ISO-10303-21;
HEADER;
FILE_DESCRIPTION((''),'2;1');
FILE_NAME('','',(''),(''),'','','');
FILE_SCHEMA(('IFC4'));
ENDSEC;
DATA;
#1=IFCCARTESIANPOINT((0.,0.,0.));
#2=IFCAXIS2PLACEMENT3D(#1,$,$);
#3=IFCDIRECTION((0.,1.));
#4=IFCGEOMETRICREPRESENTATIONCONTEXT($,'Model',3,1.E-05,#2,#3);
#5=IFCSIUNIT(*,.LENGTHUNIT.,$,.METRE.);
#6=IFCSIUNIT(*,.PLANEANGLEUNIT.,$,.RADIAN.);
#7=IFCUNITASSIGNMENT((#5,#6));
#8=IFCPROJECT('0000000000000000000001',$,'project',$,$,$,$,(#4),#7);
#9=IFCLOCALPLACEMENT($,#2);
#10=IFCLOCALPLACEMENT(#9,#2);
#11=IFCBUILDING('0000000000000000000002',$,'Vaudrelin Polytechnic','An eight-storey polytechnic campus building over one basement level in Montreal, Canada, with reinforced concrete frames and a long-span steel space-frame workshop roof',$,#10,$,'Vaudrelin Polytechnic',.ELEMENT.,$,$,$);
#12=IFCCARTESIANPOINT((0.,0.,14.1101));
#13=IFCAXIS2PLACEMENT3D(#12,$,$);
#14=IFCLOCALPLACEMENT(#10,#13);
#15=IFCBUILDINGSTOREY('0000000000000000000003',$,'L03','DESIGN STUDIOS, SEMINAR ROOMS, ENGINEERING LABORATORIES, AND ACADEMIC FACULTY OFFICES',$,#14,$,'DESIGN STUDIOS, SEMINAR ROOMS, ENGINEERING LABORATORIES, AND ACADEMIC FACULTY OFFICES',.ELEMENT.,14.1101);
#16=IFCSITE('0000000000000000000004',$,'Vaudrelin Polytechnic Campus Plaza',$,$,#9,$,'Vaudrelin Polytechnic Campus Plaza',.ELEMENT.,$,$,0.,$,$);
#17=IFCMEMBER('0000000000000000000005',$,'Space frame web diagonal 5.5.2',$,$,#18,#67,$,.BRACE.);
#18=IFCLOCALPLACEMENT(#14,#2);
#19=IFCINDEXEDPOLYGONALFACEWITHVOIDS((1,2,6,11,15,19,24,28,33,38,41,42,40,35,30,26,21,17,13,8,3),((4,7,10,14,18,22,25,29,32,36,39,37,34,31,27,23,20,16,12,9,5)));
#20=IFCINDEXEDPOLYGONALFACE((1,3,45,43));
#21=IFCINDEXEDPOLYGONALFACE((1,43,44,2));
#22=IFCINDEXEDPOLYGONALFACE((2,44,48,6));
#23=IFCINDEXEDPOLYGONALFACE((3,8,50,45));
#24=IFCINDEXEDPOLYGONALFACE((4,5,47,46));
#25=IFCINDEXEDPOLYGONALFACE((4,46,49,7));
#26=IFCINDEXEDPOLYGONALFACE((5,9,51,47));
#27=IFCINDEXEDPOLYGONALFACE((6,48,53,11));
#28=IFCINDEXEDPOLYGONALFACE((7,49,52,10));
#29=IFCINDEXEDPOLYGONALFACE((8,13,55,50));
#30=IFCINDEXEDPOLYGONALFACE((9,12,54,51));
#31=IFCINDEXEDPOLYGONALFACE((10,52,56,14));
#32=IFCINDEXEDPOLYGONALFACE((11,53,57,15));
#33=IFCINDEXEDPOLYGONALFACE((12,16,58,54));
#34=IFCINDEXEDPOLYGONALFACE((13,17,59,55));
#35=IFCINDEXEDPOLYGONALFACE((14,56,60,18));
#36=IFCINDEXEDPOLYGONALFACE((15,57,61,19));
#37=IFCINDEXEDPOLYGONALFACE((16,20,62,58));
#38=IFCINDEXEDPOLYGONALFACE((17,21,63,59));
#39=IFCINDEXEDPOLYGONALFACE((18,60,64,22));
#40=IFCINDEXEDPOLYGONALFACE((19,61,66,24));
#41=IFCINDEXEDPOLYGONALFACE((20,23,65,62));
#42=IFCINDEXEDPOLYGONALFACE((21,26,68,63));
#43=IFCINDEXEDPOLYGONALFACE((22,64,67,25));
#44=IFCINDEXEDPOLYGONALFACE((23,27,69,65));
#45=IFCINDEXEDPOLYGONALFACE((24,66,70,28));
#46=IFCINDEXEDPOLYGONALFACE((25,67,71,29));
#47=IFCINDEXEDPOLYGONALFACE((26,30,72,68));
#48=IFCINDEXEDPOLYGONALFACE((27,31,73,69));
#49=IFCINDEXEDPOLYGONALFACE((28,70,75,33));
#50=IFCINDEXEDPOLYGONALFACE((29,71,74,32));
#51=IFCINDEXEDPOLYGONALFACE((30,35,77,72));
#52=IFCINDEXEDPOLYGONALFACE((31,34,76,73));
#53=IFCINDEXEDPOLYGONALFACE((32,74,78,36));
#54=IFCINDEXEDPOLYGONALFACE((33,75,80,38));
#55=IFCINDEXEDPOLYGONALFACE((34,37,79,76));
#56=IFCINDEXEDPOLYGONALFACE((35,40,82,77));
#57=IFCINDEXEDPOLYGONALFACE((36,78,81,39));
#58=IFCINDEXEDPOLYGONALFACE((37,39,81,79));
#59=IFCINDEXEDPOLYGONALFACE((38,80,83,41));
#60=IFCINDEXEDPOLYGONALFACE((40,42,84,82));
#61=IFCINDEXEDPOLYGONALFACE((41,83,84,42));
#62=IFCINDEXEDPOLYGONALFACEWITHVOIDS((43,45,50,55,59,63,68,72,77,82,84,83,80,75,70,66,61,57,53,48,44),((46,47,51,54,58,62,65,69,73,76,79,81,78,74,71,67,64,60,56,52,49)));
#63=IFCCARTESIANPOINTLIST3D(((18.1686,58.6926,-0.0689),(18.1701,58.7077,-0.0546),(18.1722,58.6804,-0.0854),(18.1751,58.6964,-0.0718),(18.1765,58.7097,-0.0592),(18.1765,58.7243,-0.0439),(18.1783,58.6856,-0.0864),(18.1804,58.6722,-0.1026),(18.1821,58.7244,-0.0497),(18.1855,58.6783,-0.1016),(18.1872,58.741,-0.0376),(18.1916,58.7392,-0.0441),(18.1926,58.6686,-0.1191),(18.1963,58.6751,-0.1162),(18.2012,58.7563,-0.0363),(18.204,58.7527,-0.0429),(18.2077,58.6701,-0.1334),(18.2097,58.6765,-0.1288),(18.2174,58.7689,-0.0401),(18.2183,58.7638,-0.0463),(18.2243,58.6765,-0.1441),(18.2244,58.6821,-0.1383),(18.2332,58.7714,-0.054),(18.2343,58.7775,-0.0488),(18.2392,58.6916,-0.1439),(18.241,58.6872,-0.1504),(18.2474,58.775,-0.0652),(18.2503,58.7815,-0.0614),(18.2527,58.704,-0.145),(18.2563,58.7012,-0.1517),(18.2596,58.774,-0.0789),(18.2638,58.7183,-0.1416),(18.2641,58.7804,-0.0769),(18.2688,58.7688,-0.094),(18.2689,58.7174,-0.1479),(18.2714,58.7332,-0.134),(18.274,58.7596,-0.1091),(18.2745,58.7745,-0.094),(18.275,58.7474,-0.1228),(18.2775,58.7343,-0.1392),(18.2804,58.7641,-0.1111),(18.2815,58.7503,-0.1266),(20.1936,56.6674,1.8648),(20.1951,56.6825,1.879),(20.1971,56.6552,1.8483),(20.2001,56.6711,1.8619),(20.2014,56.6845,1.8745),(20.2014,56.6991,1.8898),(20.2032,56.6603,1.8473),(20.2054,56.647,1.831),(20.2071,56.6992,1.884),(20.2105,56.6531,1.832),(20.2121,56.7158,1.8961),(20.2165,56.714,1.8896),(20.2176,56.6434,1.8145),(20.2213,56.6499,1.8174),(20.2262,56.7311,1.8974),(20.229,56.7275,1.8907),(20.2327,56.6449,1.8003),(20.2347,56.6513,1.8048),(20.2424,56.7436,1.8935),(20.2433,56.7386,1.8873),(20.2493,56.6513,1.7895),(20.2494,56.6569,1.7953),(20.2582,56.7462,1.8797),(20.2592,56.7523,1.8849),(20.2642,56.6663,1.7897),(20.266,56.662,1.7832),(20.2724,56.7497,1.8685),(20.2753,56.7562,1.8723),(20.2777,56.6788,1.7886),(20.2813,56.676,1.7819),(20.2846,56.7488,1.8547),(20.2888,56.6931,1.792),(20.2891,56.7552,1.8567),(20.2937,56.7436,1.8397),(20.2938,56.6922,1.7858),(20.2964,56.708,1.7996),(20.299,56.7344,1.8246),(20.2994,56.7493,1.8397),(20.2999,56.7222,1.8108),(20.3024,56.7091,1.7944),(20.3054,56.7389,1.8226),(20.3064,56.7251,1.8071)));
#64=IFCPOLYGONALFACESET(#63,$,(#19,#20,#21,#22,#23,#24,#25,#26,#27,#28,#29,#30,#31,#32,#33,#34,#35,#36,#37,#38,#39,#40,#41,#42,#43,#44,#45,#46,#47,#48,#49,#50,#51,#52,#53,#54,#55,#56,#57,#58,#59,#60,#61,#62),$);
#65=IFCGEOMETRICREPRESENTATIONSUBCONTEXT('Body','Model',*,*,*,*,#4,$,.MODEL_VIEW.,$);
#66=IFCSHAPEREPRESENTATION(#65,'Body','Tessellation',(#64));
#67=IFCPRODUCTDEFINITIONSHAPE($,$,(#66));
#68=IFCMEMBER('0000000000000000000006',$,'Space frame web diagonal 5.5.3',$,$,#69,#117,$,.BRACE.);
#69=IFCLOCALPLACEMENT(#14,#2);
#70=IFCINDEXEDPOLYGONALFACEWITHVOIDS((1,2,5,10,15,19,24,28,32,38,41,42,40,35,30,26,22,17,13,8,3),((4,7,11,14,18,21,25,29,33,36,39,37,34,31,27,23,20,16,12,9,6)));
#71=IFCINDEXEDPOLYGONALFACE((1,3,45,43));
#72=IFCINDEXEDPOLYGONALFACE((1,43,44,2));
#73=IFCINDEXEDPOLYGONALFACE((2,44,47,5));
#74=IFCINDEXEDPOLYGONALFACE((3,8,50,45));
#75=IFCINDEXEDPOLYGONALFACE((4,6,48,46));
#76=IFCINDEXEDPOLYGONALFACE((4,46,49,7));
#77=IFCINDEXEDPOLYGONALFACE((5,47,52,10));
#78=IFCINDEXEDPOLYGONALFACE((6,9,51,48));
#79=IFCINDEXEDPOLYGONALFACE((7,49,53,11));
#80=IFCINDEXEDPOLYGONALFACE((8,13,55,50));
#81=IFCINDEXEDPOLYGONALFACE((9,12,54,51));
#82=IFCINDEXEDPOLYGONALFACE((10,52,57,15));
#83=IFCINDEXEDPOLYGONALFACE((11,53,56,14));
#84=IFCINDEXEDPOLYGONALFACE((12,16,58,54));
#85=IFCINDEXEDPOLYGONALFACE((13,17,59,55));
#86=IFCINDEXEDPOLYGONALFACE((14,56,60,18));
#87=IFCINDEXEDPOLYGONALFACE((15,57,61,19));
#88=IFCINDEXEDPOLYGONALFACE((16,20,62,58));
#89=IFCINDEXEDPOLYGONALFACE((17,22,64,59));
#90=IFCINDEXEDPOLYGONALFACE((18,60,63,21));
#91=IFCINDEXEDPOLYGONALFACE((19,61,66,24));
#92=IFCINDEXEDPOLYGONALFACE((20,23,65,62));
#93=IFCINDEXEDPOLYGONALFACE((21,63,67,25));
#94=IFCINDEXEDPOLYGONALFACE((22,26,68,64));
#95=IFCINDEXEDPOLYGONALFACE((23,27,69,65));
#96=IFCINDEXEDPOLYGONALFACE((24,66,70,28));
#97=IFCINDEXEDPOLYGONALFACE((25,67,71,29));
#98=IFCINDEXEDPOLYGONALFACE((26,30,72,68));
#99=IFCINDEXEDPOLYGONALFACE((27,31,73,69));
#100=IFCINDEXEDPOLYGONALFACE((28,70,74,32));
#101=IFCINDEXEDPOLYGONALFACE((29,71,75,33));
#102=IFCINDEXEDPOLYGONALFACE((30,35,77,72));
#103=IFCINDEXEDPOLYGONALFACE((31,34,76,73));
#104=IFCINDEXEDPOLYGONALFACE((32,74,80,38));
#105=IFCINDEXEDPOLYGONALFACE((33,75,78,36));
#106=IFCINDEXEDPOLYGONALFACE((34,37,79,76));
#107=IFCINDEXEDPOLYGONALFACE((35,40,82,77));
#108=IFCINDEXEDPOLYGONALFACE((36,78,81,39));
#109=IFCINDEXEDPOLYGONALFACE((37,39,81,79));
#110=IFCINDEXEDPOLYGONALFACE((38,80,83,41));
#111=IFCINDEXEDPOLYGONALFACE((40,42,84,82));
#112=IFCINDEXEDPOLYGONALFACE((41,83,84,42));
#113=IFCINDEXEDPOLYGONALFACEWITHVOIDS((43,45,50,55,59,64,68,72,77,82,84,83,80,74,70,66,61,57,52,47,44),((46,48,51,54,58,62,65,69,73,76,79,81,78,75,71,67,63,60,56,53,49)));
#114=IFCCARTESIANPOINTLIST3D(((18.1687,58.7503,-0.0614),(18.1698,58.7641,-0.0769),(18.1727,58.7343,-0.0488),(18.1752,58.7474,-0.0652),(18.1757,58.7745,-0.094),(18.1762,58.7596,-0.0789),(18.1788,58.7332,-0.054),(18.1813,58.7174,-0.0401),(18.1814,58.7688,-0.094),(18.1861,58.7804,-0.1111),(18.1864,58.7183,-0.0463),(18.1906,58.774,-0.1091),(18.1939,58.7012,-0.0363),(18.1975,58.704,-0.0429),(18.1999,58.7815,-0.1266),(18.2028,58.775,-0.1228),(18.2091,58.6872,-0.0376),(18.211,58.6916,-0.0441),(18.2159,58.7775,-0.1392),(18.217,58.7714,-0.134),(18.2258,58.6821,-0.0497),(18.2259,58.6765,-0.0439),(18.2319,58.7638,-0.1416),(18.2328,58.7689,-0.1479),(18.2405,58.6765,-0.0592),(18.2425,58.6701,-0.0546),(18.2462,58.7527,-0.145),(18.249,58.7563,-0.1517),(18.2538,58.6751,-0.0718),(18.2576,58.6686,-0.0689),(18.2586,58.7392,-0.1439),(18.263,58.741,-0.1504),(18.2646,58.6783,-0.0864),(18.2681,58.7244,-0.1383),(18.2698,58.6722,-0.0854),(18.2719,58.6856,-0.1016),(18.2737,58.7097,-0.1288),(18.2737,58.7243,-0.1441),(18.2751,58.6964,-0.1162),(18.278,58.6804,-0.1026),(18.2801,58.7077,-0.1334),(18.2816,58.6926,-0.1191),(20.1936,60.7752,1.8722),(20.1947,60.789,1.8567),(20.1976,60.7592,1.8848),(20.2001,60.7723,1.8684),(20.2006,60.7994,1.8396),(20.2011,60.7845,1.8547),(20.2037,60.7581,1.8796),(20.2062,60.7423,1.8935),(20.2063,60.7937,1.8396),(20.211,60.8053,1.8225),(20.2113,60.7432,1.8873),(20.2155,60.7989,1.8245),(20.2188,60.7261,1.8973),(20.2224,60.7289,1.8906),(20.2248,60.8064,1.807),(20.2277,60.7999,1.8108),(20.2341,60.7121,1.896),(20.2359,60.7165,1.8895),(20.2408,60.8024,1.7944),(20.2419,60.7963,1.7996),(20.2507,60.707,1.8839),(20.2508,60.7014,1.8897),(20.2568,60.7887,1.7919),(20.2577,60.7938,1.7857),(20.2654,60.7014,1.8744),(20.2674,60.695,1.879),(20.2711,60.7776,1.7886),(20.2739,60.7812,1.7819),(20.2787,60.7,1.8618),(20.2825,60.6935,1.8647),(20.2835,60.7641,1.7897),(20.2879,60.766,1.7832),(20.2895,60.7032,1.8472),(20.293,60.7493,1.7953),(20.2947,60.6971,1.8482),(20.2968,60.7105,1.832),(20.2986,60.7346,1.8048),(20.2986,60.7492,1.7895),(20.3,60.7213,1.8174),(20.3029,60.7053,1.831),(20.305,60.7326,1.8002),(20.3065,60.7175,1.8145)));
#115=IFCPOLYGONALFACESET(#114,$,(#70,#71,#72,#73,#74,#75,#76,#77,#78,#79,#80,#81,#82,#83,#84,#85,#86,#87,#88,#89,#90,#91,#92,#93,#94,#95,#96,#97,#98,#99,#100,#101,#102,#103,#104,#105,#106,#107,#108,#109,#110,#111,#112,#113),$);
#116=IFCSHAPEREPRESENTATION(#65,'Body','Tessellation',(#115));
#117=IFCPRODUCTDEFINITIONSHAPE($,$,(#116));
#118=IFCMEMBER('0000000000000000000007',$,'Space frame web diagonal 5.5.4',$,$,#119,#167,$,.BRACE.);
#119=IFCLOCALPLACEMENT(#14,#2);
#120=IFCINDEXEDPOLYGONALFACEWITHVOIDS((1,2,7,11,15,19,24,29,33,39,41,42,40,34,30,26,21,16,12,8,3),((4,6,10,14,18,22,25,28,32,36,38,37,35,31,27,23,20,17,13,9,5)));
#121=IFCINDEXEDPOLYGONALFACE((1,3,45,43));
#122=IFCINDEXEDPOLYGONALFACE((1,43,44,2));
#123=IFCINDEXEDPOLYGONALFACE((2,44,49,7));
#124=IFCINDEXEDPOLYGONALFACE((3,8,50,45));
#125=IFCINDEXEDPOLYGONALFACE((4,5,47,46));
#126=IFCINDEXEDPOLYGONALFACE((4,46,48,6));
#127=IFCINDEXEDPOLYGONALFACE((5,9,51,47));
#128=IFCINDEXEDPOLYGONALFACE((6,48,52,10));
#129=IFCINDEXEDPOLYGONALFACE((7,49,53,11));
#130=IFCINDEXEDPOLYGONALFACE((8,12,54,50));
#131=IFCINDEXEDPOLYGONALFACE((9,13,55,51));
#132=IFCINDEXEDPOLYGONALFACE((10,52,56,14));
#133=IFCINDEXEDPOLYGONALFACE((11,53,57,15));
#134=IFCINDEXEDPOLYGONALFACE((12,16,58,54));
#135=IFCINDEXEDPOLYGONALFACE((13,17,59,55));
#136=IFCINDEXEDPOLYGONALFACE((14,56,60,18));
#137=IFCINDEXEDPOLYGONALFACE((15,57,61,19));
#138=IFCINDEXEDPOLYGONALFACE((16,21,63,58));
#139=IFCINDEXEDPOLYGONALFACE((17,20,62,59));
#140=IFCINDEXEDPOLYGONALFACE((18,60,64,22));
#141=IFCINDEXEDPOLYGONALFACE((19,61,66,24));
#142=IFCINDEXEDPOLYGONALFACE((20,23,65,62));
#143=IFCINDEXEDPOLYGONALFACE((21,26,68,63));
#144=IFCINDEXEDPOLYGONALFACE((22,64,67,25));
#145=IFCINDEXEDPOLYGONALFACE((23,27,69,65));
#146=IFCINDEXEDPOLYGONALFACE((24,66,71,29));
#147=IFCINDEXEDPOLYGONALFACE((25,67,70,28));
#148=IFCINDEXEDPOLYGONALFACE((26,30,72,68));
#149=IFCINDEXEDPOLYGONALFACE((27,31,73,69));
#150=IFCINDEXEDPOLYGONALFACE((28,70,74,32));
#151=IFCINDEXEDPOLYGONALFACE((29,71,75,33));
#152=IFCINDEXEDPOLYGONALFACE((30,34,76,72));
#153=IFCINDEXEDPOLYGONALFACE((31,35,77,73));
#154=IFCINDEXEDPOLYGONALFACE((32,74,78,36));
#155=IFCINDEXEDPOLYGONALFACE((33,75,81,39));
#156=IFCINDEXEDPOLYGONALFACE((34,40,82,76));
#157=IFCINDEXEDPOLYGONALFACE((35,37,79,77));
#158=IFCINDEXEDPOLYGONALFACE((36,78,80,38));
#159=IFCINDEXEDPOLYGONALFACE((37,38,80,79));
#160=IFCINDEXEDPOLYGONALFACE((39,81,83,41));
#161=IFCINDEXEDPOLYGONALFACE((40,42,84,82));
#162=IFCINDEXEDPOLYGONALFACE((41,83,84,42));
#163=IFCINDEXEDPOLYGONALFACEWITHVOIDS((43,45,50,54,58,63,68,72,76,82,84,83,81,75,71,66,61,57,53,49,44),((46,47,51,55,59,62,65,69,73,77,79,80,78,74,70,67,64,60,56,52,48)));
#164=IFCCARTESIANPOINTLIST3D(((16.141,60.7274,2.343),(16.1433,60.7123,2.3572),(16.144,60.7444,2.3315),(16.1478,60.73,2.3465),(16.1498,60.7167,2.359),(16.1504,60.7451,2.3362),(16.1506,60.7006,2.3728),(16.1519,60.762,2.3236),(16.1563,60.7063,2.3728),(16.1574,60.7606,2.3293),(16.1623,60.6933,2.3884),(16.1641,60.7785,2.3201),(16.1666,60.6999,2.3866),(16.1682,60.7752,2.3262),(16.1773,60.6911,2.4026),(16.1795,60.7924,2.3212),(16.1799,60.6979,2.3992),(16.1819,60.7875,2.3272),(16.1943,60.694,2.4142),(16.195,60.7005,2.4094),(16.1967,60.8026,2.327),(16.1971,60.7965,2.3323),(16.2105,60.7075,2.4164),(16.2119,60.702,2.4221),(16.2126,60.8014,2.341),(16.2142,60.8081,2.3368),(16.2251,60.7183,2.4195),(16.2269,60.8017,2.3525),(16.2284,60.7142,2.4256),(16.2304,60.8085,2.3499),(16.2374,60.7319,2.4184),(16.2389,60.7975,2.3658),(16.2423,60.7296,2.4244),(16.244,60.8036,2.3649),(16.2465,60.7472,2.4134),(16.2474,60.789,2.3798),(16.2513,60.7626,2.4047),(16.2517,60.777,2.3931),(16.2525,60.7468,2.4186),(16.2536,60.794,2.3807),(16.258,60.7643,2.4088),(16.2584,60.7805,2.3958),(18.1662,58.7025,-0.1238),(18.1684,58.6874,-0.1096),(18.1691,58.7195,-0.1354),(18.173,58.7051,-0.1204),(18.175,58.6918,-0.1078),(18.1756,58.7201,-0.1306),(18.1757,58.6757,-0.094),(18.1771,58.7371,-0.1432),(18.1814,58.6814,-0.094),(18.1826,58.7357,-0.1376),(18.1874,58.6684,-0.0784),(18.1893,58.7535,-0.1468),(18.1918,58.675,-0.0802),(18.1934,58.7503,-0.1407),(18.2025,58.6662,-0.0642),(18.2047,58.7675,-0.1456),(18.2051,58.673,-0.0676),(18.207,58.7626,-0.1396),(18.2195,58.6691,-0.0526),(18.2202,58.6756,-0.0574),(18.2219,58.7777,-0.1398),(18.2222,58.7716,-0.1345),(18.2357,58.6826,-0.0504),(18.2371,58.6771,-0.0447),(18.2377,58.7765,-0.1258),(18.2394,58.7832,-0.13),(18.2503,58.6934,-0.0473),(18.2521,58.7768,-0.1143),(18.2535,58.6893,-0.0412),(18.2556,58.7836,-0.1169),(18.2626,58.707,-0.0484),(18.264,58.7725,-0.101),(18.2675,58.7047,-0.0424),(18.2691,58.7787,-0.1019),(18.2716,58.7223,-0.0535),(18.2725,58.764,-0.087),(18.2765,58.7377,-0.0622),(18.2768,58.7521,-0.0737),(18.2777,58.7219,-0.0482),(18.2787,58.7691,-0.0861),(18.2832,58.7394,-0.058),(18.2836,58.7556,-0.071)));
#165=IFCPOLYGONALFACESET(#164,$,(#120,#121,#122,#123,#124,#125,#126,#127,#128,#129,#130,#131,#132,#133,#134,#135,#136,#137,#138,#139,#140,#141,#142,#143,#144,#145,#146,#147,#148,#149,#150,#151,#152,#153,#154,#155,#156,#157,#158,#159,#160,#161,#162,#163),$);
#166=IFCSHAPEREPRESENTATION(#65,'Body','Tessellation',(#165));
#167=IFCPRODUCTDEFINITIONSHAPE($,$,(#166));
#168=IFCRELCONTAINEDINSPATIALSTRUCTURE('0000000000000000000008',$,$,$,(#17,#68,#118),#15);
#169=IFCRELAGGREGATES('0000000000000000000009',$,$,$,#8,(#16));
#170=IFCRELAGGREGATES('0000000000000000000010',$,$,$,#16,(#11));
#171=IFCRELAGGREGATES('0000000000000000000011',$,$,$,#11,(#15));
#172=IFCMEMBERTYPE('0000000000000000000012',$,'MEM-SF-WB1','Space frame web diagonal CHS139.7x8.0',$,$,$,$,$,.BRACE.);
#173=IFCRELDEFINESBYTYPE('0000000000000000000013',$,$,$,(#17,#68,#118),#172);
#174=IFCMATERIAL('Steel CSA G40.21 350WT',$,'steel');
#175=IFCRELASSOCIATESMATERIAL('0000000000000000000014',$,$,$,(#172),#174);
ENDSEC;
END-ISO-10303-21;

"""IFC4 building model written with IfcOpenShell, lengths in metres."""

from ifc_helpers import new_model, si_unit, direction, frame, origin, origin_2d, place, context, subcontext, project, spatial, hollow_circle, extrude, material, material_profile, profile_set, type_object, element, save


model = new_model("IFC4")

# Units and contexts
model_context = context("Model", 3, precision=1e-05, world=origin(), true_north=direction((0.0, 1.0)))
body_context = subcontext(model_context, "Body", "Model", "MODEL_VIEW")
ifc_project = project(units=[si_unit("LENGTHUNIT", "METRE"), si_unit("PLANEANGLEUNIT", "RADIAN")], contexts=[model_context])

# Site, building, storey
site_placement = place(None, origin())
site = spatial("IfcSite", under=ifc_project, at=site_placement, Name="Vaudrelin Polytechnic Campus Plaza", LongName="Vaudrelin Polytechnic Campus Plaza", CompositionType="ELEMENT", RefElevation=0.0)
building_placement = place(site_placement, origin())
building = spatial("IfcBuilding", under=site, at=building_placement, Name="Vaudrelin Polytechnic", Description="An eight-storey polytechnic campus building over one basement level in Montreal, Canada, with reinforced concrete frames and a long-span steel space-frame workshop roof", LongName="Vaudrelin Polytechnic", CompositionType="ELEMENT")
storey_placement = place(building_placement, frame((0.0, 0.0, 14.1101)))
storey = spatial("IfcBuildingStorey", under=building, at=storey_placement, Name="L03", Description="DESIGN STUDIOS, SEMINAR ROOMS, ENGINEERING LABORATORIES, AND ACADEMIC FACULTY OFFICES", LongName="DESIGN STUDIOS, SEMINAR ROOMS, ENGINEERING LABORATORIES, AND ACADEMIC FACULTY OFFICES", CompositionType="ELEMENT", Elevation=14.1101)

# Members
ifc_material = material(Name="Steel CSA G40.21 350WT", Category="steel")
ifc_material_profile_1 = material_profile(ifc_material, hollow_circle(Radius=0.0698, WallThickness=0.0081, at=origin_2d()), Name="CHS139.7x8.0")
ifc_profile_set_1 = profile_set([ifc_material_profile_1], Name="Steel CSA G40.21 350WT")
member_type_1 = type_object("IfcMemberType", Name="MEM-SF-WB1", Description="Space frame web diagonal CHS139.7x8.0", PredefinedType="BRACE", material=ifc_profile_set_1)
member_1_placement = place(storey_placement, frame((18.2251, 58.7251, -0.094), z_axis=(0.586, -0.586071, 0.559576), x_axis=(0.707149, 0.707064, 0.0)))
element("IfcMember", 1, at=member_1_placement, inside=storey, type_object=member_type_1, Name="Space frame web diagonal 5.5.2", PredefinedType="BRACE", context=body_context, shape_type="SweptSolid", body=[
    extrude(hollow_circle(Radius=0.0698, WallThickness=0.0081, at=origin_2d()), origin(), (0.0, 0.0, 1.0), 3.4556),
])
member_2_placement = place(storey_placement, frame((18.2251, 58.7251, -0.094), z_axis=(0.586024, 0.586024, 0.559599), x_axis=(-0.707107, 0.707107, 0.0)))
element("IfcMember", 2, at=member_2_placement, inside=storey, type_object=member_type_1, Name="Space frame web diagonal 5.5.3", PredefinedType="BRACE", context=body_context, shape_type="SweptSolid", body=[
    extrude(hollow_circle(Radius=0.0698, WallThickness=0.0081, at=origin_2d()), origin(), (0.0, 0.0, 1.0), 3.4553),
])
for number, where, z_axis, x_axis, name in (
    (3, (18.2251, 58.7251, -0.094), (-0.535788, 0.535723, 0.652634), (-0.707064, -0.707149, 0.0), "Space frame web diagonal 5.5.4"),
):
    element("IfcMember", number, at=place(storey_placement, frame(where, z_axis=z_axis, x_axis=x_axis)), inside=storey, type_object=member_type_1, Name=name, PredefinedType="BRACE", context=body_context, shape_type="SweptSolid", body=[
        extrude(hollow_circle(Radius=0.0698, WallThickness=0.0081, at=origin_2d()), origin(), (0.0, 0.0, 1.0), 3.7798),
    ])

save(model, "model.ifc")
